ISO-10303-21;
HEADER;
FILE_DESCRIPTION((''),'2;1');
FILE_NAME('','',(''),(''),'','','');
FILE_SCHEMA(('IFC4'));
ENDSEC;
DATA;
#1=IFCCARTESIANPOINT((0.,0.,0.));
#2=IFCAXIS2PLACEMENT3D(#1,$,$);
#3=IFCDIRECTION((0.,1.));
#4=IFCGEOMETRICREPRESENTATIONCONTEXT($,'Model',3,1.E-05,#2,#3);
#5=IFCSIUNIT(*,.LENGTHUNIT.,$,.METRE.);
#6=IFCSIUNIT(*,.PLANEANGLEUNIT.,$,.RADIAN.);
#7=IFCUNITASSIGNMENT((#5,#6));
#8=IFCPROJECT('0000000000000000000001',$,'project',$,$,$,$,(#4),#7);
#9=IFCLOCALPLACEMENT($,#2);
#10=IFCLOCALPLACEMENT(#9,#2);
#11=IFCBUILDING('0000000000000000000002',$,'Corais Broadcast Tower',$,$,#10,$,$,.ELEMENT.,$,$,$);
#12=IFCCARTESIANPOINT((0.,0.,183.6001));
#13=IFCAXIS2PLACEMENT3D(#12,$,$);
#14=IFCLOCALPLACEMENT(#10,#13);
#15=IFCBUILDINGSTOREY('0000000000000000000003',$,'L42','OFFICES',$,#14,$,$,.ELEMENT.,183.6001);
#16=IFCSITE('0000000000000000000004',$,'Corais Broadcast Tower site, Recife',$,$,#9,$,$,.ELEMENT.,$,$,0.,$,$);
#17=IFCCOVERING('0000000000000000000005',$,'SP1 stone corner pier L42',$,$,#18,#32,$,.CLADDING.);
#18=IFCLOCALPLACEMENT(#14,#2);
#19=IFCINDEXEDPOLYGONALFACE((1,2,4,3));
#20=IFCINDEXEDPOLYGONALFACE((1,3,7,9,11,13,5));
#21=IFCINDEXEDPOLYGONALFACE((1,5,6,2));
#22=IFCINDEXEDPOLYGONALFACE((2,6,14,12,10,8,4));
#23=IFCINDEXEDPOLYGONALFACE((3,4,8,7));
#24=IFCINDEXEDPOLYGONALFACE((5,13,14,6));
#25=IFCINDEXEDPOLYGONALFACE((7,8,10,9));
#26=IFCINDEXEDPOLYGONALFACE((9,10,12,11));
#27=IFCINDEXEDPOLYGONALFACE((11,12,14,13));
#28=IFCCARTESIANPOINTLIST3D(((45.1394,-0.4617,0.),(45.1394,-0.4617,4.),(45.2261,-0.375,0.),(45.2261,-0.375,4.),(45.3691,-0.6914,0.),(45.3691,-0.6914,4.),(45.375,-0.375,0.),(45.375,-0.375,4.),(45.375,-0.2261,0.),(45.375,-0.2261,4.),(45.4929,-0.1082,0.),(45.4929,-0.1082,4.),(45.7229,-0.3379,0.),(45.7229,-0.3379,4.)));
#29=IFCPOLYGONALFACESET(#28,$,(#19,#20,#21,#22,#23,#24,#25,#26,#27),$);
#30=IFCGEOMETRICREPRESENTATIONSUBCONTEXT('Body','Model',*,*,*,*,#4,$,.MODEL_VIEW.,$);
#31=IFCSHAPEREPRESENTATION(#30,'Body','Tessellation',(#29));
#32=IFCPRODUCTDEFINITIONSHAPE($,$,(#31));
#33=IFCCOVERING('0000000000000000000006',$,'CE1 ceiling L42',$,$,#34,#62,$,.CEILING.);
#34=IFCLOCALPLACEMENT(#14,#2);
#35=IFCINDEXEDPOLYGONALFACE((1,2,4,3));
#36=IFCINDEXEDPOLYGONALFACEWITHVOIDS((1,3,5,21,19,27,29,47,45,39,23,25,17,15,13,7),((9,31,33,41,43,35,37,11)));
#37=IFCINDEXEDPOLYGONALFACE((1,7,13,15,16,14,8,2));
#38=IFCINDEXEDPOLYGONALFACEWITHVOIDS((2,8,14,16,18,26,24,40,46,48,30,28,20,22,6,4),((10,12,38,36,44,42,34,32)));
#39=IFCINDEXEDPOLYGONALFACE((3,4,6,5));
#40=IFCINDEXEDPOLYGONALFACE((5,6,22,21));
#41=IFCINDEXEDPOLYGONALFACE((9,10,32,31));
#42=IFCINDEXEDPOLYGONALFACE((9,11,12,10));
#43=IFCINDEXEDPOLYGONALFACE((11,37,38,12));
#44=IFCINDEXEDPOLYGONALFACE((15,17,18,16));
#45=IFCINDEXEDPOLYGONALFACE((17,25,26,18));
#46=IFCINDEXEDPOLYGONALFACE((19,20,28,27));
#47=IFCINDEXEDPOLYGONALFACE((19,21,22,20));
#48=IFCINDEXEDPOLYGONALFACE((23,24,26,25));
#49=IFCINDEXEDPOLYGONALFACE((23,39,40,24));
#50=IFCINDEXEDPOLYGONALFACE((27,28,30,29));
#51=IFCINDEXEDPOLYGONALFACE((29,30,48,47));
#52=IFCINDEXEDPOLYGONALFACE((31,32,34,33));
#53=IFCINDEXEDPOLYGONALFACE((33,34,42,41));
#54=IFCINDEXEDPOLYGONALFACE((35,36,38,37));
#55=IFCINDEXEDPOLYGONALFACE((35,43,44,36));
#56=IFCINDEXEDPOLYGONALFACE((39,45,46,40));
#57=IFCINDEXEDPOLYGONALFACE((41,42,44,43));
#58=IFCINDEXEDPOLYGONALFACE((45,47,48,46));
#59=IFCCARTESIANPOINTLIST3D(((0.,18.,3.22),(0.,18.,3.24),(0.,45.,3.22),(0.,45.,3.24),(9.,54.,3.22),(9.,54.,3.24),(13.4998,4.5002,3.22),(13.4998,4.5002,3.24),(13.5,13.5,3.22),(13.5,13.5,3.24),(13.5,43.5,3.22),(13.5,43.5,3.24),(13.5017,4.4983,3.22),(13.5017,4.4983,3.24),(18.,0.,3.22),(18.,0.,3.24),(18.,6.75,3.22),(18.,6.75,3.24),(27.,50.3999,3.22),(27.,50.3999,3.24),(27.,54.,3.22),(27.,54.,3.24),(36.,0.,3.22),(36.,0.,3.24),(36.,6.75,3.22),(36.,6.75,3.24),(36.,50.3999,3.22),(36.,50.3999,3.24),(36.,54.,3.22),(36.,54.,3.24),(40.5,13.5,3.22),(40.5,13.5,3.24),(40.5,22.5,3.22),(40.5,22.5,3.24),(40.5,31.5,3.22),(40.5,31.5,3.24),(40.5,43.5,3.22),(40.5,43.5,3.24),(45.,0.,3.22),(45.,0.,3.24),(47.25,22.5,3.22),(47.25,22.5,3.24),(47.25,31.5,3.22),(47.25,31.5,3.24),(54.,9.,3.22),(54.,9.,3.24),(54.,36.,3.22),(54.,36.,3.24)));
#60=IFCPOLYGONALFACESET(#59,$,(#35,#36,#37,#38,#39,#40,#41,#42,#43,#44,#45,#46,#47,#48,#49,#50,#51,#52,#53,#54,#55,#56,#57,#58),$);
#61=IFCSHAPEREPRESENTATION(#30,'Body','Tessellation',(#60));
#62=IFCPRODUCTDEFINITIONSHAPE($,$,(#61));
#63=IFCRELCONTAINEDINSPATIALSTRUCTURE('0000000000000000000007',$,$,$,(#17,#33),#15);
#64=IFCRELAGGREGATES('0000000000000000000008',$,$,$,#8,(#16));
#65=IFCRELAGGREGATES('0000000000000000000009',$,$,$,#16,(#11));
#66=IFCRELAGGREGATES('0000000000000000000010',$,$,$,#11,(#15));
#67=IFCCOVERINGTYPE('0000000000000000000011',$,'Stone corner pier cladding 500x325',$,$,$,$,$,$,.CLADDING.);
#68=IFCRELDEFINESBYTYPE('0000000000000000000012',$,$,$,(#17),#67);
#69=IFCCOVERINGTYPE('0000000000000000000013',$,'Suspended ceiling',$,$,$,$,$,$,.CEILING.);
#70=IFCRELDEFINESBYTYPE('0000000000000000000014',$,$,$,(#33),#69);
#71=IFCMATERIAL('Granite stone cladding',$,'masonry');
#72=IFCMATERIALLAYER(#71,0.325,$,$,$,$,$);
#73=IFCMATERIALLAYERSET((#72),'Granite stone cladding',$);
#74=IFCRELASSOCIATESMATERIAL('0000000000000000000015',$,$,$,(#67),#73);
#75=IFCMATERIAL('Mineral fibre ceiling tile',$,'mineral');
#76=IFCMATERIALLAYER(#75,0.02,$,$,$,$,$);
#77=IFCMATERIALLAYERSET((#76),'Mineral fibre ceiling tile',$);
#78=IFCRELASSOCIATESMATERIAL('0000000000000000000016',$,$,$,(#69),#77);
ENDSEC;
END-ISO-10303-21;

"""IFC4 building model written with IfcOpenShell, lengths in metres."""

from ifc_helpers import new_model, si_unit, direction, frame, origin, place, context, subcontext, project, spatial, polyline, outline, extrude, material, layer, layer_set, type_object, element, save


model = new_model("IFC4")

# Units and contexts
model_context = context("Model", 3, precision=1e-05, world=origin(), true_north=direction((0.0, 1.0)))
body_context = subcontext(model_context, "Body", "Model", "MODEL_VIEW")
ifc_project = project(units=[si_unit("LENGTHUNIT", "METRE"), si_unit("PLANEANGLEUNIT", "RADIAN")], contexts=[model_context])

# Site, building, storey
site_placement = place(None, origin())
site = spatial("IfcSite", under=ifc_project, at=site_placement, Name="Corais Broadcast Tower site, Recife", CompositionType="ELEMENT", RefElevation=0.0)
building_placement = place(site_placement, origin())
building = spatial("IfcBuilding", under=site, at=building_placement, Name="Corais Broadcast Tower", CompositionType="ELEMENT")
storey_placement = place(building_placement, frame((0.0, 0.0, 183.6001)))
storey = spatial("IfcBuildingStorey", under=building, at=storey_placement, Name="L42", Description="OFFICES", CompositionType="ELEMENT", Elevation=183.6001)

# Coverings
ifc_material_1 = material(Name="Granite stone cladding", Category="masonry")
ifc_layer_1 = layer(ifc_material_1, 0.325)
ifc_layer_set_1 = layer_set([ifc_layer_1], Name="Granite stone cladding")
covering_type_1 = type_object("IfcCoveringType", Name="Stone corner pier cladding 500x325", PredefinedType="CLADDING", material=ifc_layer_set_1)
covering_1_placement = place(storey_placement, origin())
element("IfcCovering", 1, at=covering_1_placement, inside=storey, type_object=covering_type_1, Name="SP1 stone corner pier L42", PredefinedType="CLADDING", context=body_context, shape_type="SweptSolid", body=[
    extrude(outline(polyline([(45.2261, -0.375), (45.1394, -0.4617), (45.3691, -0.6914), (45.7229, -0.3379), (45.4929, -0.1082), (45.375, -0.2261), (45.375, -0.375), (45.2261, -0.375)])), origin(), (0.0, 0.0, 1.0), 4.0),
])
ifc_material_2 = material(Name="Mineral fibre ceiling tile", Category="mineral")
ifc_layer_2 = layer(ifc_material_2, 0.02)
ifc_layer_set_2 = layer_set([ifc_layer_2], Name="Mineral fibre ceiling tile")
covering_type_2 = type_object("IfcCoveringType", Name="Suspended ceiling", PredefinedType="CEILING", material=ifc_layer_set_2)
covering_2_placement = place(storey_placement, frame((0.0, 0.0, 3.22)))
element("IfcCovering", 2, at=covering_2_placement, inside=storey, type_object=covering_type_2, Name="CE1 ceiling L42", PredefinedType="CEILING", context=body_context, shape_type="SweptSolid", body=[
    extrude(outline(polyline([(18.0, 6.75), (18.0, 0.0), (13.5017, 4.4983), (13.4998, 4.5002), (0.0, 18.0), (0.0, 45.0), (9.0, 54.0), (27.0, 54.0), (27.0, 50.3999), (36.0, 50.3999), (36.0, 54.0), (54.0, 36.0), (54.0, 9.0), (45.0, 0.0), (36.0, 0.0), (36.0, 6.75), (18.0, 6.75)]), holes=[polyline([(13.5, 43.5), (13.5, 13.5), (40.5, 13.5), (40.5, 22.5), (47.25, 22.5), (47.25, 31.5), (40.5, 31.5), (40.5, 43.5), (13.5, 43.5)])]), origin(), (0.0, 0.0, 1.0), 0.02),
])

save(model, "model.ifc")
